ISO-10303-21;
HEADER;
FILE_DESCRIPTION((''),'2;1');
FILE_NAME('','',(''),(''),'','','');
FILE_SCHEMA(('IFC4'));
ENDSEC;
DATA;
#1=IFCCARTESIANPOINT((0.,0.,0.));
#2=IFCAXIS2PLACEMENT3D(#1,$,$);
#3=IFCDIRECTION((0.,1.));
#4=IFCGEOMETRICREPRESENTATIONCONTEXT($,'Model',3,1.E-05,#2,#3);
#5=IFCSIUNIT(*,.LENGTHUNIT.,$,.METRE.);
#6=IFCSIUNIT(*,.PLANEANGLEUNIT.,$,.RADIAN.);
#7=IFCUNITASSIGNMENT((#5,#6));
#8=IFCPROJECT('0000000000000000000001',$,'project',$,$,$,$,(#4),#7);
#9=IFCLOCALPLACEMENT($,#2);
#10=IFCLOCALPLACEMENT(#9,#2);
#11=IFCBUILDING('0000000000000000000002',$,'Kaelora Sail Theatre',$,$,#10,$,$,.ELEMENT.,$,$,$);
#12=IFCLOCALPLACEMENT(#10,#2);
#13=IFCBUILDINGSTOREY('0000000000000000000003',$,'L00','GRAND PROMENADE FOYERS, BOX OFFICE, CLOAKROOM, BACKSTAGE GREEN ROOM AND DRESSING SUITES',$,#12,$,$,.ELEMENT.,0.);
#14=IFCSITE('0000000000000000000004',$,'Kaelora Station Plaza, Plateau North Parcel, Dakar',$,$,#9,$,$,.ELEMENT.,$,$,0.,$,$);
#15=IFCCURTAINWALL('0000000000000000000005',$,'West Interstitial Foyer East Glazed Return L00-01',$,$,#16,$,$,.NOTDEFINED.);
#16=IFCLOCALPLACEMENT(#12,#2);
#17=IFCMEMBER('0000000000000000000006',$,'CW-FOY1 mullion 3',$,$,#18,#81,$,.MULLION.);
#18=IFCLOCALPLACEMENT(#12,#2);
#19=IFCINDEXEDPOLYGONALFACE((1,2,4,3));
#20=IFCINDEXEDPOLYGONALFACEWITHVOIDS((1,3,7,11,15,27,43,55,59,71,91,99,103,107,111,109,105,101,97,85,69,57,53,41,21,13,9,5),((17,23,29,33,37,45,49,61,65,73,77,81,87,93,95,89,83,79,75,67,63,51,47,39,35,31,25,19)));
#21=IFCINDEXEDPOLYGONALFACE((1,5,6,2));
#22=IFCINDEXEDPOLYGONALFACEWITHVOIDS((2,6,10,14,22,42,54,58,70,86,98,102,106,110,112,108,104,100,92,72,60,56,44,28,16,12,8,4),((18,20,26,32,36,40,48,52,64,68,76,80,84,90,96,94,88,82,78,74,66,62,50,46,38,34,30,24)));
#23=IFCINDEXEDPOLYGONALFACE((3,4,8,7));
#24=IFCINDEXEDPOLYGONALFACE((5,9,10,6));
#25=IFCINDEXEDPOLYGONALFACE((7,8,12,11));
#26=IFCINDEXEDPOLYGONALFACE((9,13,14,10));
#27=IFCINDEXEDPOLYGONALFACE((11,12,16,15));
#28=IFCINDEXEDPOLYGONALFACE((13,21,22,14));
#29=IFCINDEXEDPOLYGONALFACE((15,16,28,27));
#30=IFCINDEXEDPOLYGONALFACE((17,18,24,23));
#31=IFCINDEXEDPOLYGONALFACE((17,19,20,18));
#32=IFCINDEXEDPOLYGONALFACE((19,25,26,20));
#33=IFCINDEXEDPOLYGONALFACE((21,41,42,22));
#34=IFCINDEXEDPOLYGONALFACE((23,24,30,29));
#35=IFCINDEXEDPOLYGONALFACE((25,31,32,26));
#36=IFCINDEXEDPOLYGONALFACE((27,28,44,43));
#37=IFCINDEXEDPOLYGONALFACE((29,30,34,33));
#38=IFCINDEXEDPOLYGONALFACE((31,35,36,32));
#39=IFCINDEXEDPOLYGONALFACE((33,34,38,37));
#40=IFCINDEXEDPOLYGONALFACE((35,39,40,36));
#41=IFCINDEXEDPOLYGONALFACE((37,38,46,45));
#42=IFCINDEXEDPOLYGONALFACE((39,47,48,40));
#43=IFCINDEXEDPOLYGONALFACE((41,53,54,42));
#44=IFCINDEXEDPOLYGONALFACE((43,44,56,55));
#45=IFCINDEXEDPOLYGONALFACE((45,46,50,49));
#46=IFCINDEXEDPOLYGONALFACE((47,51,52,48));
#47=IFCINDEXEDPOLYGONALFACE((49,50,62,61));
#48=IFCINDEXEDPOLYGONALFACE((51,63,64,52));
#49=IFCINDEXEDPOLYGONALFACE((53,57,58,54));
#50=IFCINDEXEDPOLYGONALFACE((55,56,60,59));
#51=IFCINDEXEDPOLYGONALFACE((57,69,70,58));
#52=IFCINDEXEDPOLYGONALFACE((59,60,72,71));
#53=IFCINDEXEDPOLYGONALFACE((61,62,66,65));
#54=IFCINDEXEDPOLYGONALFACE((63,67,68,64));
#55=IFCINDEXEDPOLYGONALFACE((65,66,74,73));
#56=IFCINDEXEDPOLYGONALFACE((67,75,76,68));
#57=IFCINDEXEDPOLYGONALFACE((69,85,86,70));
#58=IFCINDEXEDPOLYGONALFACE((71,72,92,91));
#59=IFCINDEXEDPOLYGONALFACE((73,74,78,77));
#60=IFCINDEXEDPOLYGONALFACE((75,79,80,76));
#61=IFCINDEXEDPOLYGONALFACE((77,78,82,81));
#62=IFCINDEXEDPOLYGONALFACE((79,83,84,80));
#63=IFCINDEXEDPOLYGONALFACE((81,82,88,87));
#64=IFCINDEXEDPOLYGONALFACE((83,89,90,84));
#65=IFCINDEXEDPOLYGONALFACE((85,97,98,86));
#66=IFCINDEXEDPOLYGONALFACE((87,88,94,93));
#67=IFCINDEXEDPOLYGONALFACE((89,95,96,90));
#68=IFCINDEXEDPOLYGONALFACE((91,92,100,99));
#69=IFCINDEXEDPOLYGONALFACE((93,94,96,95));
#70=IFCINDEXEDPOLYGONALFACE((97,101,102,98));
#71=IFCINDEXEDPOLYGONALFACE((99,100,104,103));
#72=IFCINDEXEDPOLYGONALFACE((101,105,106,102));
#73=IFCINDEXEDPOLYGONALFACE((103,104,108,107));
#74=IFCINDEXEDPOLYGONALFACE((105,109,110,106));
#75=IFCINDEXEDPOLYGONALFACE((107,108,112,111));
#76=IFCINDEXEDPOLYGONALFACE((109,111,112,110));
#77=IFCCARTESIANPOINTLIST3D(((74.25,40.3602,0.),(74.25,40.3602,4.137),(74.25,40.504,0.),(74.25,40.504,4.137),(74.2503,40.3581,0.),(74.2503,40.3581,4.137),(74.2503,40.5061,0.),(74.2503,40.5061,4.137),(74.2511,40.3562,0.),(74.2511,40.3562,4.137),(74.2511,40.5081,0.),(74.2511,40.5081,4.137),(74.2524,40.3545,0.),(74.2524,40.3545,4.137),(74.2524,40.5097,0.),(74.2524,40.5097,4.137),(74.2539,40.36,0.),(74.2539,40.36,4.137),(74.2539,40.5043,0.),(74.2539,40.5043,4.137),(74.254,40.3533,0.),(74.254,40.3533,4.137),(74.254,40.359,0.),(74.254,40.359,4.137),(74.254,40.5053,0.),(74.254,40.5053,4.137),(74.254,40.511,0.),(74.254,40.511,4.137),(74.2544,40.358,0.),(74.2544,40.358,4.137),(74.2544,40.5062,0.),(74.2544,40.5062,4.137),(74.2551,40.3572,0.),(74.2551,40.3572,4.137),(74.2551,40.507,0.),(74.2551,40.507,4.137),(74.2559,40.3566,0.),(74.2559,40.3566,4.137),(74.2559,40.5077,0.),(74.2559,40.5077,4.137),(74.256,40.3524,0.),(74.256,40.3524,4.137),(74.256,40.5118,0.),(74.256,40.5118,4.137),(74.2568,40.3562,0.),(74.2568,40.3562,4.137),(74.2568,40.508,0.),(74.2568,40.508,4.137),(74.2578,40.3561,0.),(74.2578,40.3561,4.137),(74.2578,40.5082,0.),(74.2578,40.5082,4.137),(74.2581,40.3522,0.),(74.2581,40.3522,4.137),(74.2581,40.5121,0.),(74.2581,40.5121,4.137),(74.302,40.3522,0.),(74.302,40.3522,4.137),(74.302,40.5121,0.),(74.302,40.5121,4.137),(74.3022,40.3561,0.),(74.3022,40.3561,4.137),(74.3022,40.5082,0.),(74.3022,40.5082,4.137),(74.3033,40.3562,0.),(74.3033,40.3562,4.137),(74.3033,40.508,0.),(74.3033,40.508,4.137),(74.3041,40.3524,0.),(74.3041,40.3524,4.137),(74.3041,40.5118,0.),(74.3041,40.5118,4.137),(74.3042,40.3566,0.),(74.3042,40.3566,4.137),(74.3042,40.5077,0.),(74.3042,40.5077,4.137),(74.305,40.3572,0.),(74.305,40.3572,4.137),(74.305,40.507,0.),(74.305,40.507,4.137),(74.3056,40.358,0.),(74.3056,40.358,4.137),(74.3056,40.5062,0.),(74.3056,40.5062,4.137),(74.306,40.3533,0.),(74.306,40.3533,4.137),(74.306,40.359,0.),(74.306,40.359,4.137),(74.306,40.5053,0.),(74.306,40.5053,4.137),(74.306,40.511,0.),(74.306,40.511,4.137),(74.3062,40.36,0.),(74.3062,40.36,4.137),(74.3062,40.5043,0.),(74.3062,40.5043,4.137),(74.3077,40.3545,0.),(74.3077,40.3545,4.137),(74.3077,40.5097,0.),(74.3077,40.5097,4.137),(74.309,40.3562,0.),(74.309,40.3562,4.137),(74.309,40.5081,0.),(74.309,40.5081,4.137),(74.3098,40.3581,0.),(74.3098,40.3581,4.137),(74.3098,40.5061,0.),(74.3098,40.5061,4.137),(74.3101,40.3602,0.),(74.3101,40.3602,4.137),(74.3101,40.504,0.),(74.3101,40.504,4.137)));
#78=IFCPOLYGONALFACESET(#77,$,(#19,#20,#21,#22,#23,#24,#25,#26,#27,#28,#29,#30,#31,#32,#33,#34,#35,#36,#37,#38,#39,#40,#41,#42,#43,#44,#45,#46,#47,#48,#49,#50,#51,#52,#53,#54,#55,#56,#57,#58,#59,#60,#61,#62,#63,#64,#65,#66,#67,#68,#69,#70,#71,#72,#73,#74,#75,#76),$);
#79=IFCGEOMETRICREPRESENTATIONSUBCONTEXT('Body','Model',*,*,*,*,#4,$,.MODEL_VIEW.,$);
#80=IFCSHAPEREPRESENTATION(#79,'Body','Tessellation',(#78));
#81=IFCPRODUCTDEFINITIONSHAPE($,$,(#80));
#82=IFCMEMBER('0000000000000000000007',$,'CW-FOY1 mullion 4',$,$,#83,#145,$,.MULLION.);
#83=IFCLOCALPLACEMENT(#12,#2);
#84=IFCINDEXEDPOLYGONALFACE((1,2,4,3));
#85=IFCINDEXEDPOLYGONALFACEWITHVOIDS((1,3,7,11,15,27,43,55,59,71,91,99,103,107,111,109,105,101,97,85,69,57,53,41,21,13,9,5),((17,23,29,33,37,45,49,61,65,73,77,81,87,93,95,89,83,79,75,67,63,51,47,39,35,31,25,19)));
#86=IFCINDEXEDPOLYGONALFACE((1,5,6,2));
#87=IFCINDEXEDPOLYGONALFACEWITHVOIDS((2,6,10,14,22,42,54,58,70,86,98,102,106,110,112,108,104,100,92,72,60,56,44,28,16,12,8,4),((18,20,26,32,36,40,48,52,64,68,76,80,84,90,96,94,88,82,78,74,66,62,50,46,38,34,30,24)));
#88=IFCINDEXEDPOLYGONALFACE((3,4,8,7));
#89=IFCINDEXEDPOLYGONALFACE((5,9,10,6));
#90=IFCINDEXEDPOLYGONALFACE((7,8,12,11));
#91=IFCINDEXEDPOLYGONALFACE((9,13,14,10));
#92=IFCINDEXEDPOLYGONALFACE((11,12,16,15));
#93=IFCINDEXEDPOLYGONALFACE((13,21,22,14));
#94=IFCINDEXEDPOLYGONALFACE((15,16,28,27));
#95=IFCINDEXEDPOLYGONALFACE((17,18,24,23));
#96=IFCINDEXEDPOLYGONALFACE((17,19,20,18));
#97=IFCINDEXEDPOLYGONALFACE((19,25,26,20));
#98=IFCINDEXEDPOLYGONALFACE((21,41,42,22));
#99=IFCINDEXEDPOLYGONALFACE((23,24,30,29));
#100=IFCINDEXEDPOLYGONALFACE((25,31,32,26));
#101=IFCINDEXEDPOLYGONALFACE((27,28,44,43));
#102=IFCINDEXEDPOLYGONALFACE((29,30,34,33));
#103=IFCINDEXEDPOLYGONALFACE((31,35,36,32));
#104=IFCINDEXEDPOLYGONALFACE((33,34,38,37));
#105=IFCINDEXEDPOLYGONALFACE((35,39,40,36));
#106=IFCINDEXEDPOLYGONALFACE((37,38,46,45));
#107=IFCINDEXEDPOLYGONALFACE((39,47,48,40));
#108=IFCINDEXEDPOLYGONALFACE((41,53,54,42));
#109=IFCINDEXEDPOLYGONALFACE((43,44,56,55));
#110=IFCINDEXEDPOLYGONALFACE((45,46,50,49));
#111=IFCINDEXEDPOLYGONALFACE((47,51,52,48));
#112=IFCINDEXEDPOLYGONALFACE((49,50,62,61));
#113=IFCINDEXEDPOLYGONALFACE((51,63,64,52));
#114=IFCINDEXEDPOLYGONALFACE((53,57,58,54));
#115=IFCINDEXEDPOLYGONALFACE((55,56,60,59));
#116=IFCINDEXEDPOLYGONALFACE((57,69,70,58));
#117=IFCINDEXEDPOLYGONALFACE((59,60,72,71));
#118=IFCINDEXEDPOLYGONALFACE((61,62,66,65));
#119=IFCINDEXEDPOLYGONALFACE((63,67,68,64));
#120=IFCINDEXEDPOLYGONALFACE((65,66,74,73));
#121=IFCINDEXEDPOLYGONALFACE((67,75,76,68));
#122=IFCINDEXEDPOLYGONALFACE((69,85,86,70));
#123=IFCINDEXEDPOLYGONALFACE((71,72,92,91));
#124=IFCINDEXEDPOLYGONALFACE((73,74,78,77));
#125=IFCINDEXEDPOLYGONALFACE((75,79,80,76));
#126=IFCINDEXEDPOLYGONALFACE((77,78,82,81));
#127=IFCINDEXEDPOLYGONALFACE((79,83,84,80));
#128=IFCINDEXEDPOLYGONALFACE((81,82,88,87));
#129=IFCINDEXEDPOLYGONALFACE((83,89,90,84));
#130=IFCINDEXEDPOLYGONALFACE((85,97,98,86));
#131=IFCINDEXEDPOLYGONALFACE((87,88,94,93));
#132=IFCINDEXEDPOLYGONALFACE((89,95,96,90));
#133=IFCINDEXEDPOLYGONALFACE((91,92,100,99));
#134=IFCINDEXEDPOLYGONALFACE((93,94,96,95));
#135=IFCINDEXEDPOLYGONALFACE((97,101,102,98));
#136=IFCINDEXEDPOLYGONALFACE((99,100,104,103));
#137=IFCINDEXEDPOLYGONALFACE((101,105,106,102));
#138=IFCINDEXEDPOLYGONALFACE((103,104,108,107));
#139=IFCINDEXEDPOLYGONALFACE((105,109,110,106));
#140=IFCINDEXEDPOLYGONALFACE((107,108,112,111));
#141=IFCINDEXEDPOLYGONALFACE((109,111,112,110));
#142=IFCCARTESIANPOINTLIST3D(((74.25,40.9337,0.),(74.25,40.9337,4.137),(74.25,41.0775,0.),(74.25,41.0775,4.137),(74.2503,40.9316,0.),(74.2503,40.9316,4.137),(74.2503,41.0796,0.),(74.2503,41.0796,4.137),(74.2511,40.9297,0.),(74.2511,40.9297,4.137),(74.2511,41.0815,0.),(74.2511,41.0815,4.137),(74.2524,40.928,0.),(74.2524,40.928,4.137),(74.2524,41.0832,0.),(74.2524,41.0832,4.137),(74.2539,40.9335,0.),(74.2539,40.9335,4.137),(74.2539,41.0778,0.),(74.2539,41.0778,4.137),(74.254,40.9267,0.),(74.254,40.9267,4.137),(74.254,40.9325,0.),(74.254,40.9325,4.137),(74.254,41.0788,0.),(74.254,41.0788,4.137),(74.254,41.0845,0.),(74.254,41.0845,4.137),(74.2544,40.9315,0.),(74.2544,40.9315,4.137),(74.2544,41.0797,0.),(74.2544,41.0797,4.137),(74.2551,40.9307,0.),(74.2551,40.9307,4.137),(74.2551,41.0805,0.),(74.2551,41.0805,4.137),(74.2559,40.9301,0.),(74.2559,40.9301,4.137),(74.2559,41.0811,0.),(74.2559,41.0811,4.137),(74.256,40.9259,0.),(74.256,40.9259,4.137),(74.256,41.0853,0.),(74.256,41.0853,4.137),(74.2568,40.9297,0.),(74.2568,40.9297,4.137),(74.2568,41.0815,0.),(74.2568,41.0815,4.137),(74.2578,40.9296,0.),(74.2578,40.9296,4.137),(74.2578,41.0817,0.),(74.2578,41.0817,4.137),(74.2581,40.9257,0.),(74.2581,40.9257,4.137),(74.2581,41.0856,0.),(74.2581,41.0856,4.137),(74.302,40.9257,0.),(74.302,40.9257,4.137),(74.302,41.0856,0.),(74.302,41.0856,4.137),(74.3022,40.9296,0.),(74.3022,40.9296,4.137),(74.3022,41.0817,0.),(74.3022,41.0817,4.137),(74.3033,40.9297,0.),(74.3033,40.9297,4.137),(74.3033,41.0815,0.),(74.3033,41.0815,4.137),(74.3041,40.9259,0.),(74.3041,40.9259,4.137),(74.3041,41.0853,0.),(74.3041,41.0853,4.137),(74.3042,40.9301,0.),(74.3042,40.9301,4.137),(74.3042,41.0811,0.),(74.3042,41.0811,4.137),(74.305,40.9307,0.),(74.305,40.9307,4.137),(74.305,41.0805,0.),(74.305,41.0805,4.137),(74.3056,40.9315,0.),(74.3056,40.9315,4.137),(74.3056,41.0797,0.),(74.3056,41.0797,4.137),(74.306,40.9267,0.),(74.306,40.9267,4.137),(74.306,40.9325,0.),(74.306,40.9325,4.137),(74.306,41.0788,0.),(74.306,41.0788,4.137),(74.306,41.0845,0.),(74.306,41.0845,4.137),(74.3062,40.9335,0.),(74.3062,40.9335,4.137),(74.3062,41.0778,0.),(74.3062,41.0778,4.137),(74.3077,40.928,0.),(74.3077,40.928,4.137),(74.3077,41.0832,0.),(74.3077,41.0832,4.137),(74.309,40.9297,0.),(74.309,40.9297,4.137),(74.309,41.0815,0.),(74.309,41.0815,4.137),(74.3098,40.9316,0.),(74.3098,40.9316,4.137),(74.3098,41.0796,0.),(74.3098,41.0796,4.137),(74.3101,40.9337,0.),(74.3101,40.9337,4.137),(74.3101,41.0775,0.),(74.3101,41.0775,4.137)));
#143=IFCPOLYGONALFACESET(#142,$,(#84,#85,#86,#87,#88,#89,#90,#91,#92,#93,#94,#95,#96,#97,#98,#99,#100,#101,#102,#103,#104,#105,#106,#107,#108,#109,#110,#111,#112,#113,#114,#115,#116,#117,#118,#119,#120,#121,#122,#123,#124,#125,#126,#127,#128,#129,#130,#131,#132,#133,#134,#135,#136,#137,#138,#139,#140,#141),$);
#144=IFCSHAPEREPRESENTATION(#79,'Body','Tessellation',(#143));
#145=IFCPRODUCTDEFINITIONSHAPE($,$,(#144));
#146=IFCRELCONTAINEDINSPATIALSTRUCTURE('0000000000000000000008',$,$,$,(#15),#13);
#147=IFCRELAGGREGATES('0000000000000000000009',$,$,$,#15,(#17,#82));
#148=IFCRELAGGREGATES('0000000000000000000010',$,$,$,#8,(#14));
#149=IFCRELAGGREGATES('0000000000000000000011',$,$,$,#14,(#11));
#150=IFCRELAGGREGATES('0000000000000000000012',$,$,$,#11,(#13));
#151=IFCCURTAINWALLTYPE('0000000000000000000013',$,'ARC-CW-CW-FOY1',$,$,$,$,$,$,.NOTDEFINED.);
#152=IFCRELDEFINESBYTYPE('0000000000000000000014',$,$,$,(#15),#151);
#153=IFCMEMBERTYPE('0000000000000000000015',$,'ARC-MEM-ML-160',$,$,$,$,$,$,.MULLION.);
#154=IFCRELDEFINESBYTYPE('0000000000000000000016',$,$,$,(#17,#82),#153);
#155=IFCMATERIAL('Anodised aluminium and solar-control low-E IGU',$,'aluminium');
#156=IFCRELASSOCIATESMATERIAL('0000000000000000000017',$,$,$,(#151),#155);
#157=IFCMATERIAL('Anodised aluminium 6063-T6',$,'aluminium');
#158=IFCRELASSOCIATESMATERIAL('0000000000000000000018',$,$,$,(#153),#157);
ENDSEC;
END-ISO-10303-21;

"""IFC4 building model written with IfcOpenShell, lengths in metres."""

from ifc_helpers import new_model, si_unit, direction, frame, origin, origin_2d, place, context, subcontext, project, spatial, hollow_rectangle, extrude, material, material_profile, profile_set, type_object, element, aggregate, save


model = new_model("IFC4")

# Units and contexts
model_context = context("Model", 3, precision=1e-05, world=origin(), true_north=direction((0.0, 1.0)))
body_context = subcontext(model_context, "Body", "Model", "MODEL_VIEW")
ifc_project = project(units=[si_unit("LENGTHUNIT", "METRE"), si_unit("PLANEANGLEUNIT", "RADIAN")], contexts=[model_context])

# Site, building, storey
site_placement = place(None, origin())
site = spatial("IfcSite", under=ifc_project, at=site_placement, Name="Kaelora Station Plaza, Plateau North Parcel, Dakar", CompositionType="ELEMENT", RefElevation=0.0)
building_placement = place(site_placement, origin())
building = spatial("IfcBuilding", under=site, at=building_placement, Name="Kaelora Sail Theatre", CompositionType="ELEMENT")
storey_placement = place(building_placement, origin())
storey = spatial("IfcBuildingStorey", under=building, at=storey_placement, Name="L00", Description="GRAND PROMENADE FOYERS, BOX OFFICE, CLOAKROOM, BACKSTAGE GREEN ROOM AND DRESSING SUITES", CompositionType="ELEMENT", Elevation=0.0)

# Curtain wall, members
ifc_material_1 = material(Name="Anodised aluminium and solar-control low-E IGU", Category="aluminium")
curtain_wall_type = type_object("IfcCurtainWallType", Name="ARC-CW-CW-FOY1", PredefinedType="NOTDEFINED", material=ifc_material_1)
curtain_wall_placement = place(storey_placement, origin())
curtain_wall = element("IfcCurtainWall", 1, at=curtain_wall_placement, inside=storey, type_object=curtain_wall_type, Name="West Interstitial Foyer East Glazed Return L00-01", PredefinedType="NOTDEFINED")
ifc_material_2 = material(Name="Anodised aluminium 6063-T6", Category="aluminium")
ifc_material_profile_1 = material_profile(ifc_material_2, hollow_rectangle(XDim=0.0601, YDim=0.1599, WallThickness=0.0039, InnerFilletRadius=0.0039, OuterFilletRadius=0.0081, at=origin_2d()), Name="ALU-MULL 60x160x4")
ifc_profile_set_1 = profile_set([ifc_material_profile_1], Name="Anodised aluminium 6063-T6")
member_type_1 = type_object("IfcMemberType", Name="ARC-MEM-ML-160", PredefinedType="MULLION", material=ifc_profile_set_1)
member_1_placement = place(storey_placement, frame((74.28, 40.4321, 0.0), z_axis=(0.0, 0.0, 1.0), x_axis=(-1.0, 0.0, 0.0)))
member_1 = element("IfcMember", 2, at=member_1_placement, type_object=member_type_1, Name="CW-FOY1 mullion 3", PredefinedType="MULLION", context=body_context, shape_type="SweptSolid", body=[
    extrude(hollow_rectangle(XDim=0.0601, YDim=0.1599, WallThickness=0.0039, InnerFilletRadius=0.0039, OuterFilletRadius=0.0081, at=origin_2d()), origin(), (0.0, 0.0, 1.0), 4.137),
])
member_2_placement = place(storey_placement, frame((74.28, 41.0056, 0.0), z_axis=(0.0, 0.0, 1.0), x_axis=(-1.0, 0.0, 0.0)))
member_2 = element("IfcMember", 3, at=member_2_placement, type_object=member_type_1, Name="CW-FOY1 mullion 4", PredefinedType="MULLION", context=body_context, shape_type="SweptSolid", body=[
    extrude(hollow_rectangle(XDim=0.0601, YDim=0.1599, WallThickness=0.0039, InnerFilletRadius=0.0039, OuterFilletRadius=0.0081, at=origin_2d()), origin(), (0.0, 0.0, 1.0), 4.137),
])

aggregate(curtain_wall, [member_1, member_2])

save(model, "model.ifc")
